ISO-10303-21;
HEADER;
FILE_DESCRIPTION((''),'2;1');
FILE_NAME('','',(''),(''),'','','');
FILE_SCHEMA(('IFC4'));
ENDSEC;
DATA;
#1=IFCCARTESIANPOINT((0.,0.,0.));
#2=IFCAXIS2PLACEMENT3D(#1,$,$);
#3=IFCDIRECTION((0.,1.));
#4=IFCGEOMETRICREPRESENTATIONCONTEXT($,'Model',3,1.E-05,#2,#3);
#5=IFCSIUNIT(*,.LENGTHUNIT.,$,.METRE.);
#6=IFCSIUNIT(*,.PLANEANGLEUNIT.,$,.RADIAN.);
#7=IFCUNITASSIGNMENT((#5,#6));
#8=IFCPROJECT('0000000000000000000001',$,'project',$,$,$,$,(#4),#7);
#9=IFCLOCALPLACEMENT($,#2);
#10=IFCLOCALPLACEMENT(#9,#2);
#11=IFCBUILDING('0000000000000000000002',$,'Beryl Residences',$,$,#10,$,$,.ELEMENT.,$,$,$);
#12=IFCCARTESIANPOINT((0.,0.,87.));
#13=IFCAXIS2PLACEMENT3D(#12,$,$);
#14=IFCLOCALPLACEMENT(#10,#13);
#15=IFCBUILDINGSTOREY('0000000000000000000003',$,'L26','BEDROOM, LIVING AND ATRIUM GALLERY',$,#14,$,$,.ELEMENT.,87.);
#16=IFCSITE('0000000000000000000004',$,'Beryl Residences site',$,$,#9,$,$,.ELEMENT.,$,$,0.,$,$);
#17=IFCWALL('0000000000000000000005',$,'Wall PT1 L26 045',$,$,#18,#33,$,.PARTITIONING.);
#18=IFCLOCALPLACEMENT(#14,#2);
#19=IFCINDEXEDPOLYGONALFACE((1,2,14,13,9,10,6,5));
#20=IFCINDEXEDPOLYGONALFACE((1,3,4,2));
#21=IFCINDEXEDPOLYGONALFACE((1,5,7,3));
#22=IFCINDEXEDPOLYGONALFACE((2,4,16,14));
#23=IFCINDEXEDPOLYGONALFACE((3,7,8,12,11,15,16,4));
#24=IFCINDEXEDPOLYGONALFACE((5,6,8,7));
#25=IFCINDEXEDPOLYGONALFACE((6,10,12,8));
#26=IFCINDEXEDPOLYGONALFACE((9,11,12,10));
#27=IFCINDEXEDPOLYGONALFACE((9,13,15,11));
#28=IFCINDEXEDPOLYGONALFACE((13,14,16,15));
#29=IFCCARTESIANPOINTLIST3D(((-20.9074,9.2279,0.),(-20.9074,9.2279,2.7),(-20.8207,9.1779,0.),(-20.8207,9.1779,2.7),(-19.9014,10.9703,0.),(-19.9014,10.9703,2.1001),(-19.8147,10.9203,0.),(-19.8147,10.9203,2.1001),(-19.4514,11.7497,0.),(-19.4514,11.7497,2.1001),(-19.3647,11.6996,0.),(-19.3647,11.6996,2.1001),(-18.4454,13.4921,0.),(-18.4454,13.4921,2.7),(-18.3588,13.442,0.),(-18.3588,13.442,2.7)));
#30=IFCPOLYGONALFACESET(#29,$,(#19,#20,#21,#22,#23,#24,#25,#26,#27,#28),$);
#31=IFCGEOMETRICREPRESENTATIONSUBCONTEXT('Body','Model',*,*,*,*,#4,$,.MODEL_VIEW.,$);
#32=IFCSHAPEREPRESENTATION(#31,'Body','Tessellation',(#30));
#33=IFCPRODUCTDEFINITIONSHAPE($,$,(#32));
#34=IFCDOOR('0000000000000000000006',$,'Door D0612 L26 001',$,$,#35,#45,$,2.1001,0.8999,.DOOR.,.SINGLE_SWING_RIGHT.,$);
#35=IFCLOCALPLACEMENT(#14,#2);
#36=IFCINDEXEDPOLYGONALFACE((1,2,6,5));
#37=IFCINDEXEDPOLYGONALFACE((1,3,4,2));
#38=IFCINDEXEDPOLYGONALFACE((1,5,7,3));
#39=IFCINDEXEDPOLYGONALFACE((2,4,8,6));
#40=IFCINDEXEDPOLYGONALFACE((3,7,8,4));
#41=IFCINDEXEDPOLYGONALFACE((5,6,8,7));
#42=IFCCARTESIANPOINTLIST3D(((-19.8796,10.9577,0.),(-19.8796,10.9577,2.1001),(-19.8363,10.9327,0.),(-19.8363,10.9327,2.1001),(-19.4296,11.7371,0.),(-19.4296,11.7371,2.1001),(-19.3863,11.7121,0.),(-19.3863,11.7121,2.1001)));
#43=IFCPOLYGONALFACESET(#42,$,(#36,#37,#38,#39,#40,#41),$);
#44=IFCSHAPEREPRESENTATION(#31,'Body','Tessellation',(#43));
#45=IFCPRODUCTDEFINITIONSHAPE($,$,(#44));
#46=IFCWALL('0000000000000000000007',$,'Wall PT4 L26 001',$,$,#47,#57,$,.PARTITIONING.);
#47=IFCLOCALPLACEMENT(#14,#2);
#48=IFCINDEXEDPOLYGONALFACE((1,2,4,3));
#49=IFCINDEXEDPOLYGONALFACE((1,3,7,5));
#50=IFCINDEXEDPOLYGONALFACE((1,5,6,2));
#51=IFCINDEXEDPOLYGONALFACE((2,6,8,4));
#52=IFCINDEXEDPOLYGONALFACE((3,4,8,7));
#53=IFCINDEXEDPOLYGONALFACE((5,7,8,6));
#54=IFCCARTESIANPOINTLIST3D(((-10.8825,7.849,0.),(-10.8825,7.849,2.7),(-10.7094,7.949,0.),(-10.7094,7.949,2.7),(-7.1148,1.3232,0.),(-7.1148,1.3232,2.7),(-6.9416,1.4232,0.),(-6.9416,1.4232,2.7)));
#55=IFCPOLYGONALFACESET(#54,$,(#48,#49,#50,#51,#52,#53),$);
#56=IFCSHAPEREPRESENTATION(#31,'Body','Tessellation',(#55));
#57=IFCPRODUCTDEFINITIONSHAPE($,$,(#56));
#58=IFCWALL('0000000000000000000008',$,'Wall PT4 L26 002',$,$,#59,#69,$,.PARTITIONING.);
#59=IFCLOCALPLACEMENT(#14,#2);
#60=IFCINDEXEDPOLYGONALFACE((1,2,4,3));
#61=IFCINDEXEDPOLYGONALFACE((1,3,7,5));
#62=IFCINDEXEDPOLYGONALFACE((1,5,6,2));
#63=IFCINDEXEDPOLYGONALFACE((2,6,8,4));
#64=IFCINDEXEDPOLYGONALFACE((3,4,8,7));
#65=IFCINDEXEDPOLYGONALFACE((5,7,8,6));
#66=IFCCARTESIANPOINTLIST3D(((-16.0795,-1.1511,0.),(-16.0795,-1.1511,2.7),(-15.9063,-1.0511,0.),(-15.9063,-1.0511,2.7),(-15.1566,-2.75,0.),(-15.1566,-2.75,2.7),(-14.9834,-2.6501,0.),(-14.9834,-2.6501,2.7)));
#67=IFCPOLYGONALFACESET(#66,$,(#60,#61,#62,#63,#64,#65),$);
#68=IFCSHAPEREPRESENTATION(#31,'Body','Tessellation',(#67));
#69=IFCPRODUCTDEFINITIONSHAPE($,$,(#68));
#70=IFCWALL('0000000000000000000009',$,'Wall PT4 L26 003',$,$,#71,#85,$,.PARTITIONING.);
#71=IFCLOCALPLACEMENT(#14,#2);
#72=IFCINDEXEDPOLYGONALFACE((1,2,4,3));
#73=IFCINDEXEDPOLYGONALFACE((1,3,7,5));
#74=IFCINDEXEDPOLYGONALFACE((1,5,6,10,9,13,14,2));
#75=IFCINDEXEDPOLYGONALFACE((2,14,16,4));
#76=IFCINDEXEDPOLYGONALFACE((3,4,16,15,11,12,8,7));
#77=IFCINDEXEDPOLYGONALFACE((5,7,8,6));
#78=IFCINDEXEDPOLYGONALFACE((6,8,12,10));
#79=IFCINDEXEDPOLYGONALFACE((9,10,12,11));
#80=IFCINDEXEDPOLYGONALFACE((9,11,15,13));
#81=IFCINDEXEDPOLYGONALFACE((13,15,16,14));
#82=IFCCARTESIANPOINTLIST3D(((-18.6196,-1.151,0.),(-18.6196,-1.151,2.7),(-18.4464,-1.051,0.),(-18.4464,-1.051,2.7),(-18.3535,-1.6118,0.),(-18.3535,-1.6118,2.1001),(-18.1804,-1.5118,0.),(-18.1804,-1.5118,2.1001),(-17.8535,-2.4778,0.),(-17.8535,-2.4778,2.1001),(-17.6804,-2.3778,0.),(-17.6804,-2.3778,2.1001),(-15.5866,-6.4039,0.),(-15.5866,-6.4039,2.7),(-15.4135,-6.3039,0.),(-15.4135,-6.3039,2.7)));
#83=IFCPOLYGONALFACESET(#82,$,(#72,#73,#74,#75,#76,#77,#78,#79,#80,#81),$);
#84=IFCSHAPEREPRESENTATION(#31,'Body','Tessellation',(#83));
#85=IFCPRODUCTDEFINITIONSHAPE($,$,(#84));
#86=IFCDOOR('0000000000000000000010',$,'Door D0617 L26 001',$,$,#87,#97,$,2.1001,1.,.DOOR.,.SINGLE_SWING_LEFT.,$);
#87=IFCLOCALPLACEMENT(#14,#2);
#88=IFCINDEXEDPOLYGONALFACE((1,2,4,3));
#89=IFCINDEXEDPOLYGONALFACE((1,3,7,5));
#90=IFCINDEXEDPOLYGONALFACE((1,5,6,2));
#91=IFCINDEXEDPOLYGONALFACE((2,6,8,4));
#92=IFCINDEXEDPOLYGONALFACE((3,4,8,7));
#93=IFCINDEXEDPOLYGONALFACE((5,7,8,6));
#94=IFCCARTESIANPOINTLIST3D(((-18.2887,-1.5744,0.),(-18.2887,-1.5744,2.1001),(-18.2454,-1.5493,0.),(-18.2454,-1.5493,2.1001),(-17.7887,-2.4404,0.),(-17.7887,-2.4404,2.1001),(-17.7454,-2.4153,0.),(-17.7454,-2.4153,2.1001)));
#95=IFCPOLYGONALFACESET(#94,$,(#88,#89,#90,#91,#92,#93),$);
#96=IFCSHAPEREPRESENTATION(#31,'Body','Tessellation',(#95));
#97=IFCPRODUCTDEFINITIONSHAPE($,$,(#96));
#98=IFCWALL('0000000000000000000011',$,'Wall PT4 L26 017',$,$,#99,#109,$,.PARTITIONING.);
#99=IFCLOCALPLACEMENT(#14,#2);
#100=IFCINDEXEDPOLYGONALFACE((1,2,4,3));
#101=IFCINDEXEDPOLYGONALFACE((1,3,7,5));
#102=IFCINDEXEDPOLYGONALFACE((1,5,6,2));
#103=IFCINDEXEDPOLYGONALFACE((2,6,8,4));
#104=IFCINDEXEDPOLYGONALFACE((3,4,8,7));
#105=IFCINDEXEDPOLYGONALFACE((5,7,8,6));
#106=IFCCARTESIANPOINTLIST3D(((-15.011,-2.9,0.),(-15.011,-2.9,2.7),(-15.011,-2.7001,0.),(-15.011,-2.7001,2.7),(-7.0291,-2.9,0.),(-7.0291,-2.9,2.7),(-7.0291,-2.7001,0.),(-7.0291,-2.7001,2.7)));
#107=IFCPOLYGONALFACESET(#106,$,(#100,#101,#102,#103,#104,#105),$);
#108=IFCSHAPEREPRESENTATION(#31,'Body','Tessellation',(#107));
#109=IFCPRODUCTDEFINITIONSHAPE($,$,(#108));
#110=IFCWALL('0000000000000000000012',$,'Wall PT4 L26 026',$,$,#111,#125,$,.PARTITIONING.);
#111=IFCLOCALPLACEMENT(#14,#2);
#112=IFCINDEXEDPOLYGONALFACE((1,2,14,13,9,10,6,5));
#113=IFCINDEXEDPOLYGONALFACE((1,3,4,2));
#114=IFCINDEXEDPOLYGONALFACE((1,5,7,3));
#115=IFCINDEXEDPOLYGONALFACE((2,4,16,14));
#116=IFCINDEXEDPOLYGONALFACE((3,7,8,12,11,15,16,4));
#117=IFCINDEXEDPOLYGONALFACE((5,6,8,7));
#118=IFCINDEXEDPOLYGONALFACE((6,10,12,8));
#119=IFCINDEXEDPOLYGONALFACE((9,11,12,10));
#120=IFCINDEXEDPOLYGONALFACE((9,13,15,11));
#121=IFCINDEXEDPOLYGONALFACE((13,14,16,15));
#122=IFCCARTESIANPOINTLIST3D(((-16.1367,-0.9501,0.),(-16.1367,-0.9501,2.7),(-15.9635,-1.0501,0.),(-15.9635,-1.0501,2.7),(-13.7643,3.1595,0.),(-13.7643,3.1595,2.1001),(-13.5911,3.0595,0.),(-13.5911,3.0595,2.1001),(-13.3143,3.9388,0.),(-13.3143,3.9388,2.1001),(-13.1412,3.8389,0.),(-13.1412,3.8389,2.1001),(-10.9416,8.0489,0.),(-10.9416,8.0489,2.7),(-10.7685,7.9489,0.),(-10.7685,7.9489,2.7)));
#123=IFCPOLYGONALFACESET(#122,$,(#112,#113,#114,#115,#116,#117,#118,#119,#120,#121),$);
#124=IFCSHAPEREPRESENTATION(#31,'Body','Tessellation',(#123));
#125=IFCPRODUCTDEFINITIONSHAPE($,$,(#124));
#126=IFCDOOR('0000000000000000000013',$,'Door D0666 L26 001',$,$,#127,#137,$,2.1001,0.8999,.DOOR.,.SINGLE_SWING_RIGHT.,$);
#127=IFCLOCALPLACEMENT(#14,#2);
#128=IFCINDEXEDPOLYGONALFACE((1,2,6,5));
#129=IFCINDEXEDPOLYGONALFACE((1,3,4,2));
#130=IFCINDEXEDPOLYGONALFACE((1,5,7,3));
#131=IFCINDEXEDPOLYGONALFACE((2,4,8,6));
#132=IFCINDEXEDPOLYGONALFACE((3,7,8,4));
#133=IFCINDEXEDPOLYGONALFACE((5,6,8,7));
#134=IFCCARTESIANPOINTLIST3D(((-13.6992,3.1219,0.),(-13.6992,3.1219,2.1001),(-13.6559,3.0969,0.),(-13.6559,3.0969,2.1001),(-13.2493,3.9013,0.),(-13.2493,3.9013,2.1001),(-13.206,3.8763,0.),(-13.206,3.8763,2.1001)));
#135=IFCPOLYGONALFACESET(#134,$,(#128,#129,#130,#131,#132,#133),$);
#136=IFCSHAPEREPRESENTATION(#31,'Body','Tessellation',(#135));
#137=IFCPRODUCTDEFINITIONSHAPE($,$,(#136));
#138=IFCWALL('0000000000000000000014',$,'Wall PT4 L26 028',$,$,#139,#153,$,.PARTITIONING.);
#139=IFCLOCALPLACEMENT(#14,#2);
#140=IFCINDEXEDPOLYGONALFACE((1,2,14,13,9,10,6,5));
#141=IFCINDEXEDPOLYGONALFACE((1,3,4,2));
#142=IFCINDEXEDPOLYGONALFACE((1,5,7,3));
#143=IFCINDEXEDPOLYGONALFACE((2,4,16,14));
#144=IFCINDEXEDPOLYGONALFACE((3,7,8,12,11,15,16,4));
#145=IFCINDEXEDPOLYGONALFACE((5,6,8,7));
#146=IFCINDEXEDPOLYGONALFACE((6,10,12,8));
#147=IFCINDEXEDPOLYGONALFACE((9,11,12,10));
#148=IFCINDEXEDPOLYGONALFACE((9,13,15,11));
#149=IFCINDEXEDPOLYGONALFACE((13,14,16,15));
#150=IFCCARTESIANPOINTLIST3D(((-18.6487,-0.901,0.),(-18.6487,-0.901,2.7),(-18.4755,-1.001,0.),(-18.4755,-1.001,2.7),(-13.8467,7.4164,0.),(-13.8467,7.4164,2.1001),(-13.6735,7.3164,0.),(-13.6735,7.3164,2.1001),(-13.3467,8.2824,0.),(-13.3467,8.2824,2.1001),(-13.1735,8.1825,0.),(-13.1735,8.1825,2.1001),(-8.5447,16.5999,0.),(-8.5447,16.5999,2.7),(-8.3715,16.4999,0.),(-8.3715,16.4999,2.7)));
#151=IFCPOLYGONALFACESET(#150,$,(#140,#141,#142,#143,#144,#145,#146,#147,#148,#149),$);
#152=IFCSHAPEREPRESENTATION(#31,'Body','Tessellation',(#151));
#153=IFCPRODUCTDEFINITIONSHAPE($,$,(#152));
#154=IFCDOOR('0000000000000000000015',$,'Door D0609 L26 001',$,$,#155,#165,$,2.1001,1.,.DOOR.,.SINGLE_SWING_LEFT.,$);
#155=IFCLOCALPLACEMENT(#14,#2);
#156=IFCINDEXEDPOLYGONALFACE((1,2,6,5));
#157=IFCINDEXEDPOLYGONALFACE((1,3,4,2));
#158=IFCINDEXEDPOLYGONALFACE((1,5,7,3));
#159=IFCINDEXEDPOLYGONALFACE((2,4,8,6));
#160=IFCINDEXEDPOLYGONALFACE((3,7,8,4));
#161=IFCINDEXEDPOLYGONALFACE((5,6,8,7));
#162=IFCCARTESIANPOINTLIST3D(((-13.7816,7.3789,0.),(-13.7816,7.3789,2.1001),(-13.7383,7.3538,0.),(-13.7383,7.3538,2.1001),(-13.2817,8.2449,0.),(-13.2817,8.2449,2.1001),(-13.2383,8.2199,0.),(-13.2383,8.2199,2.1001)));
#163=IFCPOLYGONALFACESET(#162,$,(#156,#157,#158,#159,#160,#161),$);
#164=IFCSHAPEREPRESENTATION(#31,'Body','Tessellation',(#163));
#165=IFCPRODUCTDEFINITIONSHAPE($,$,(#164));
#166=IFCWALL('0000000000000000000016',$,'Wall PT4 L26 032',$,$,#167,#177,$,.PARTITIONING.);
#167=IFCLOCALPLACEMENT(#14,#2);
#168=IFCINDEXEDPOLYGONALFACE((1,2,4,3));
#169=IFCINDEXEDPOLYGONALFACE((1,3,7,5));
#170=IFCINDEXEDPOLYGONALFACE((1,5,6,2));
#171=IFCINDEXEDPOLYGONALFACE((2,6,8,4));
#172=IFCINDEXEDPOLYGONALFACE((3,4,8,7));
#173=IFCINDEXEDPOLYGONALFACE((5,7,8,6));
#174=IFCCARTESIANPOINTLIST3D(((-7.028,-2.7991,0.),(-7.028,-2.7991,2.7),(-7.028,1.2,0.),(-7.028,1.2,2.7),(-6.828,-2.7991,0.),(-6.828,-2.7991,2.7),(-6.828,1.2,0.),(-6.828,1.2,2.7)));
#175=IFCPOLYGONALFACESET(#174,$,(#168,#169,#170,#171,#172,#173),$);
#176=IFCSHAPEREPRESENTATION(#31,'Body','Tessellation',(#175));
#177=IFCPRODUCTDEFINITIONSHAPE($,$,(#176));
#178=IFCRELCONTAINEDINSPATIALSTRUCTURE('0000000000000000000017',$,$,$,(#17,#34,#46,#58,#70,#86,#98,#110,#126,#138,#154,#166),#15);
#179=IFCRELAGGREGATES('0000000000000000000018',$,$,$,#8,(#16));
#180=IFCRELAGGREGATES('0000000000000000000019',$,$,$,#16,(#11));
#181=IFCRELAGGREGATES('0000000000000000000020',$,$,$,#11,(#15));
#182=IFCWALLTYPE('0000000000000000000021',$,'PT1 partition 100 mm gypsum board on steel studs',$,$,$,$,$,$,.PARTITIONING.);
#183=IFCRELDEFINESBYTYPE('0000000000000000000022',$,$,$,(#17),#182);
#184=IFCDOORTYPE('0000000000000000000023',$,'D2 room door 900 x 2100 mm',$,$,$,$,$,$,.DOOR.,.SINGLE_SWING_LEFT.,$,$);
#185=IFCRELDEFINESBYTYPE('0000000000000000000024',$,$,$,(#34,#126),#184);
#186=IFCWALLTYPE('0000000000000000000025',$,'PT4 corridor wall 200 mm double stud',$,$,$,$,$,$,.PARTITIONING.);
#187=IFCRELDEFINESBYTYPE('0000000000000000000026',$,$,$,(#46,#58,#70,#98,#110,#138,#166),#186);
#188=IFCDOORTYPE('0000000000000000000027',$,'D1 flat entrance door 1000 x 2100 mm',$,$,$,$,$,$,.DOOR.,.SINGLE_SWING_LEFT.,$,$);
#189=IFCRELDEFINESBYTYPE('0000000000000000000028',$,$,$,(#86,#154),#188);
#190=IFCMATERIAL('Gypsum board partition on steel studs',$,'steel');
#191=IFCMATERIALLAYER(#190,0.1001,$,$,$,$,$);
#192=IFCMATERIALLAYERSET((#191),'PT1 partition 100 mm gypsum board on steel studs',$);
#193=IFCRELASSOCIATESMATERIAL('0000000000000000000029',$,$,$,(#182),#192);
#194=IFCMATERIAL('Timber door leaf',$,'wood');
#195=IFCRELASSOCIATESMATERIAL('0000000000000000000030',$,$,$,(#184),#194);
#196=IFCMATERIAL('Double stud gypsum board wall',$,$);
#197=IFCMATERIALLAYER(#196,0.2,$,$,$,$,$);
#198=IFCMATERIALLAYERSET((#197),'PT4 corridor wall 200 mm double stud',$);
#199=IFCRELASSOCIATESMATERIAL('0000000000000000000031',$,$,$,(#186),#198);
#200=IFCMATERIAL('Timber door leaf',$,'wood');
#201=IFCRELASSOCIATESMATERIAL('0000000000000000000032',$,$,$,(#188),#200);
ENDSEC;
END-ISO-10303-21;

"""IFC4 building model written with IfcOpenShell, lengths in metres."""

from ifc_helpers import new_model, si_unit, direction, frame, frame_2d, origin, place, context, subcontext, project, spatial, rectangle, extrude, material, layer, layer_set, type_object, element, fill, save


model = new_model("IFC4")

# Units and contexts
model_context = context("Model", 3, precision=1e-05, world=origin(), true_north=direction((0.0, 1.0)))
body_context = subcontext(model_context, "Body", "Model", "MODEL_VIEW")
ifc_project = project(units=[si_unit("LENGTHUNIT", "METRE"), si_unit("PLANEANGLEUNIT", "RADIAN")], contexts=[model_context])

# Site, building, storey
site_placement = place(None, origin())
site = spatial("IfcSite", under=ifc_project, at=site_placement, Name="Beryl Residences site", CompositionType="ELEMENT", RefElevation=0.0)
building_placement = place(site_placement, origin())
building = spatial("IfcBuilding", under=site, at=building_placement, Name="Beryl Residences", CompositionType="ELEMENT")
storey_placement = place(building_placement, frame((0.0, 0.0, 87.0)))
storey = spatial("IfcBuildingStorey", under=building, at=storey_placement, Name="L26", Description="BEDROOM, LIVING AND ATRIUM GALLERY", CompositionType="ELEMENT", Elevation=87.0)

# Shared definitions
ifc_material_1 = material(Name="Gypsum board partition on steel studs", Category="steel")
ifc_layer_1 = layer(ifc_material_1, 0.1001)
ifc_layer_set_1 = layer_set([ifc_layer_1], Name="PT1 partition 100 mm gypsum board on steel studs")
wall_type_1 = type_object("IfcWallType", Name="PT1 partition 100 mm gypsum board on steel studs", PredefinedType="PARTITIONING", material=ifc_layer_set_1)
ifc_material_2 = material(Name="Timber door leaf", Category="wood")
door_type_1 = type_object("IfcDoorType", Name="D2 room door 900 x 2100 mm", OperationType="SINGLE_SWING_LEFT", PredefinedType="DOOR", material=ifc_material_2)

# Wall, opening, door
wall_1_placement = place(storey_placement, frame((-20.864, 9.2029, 0.0), z_axis=(0.0, 0.0, 1.0), x_axis=(0.5, 0.866025, 0.0)))
wall_1 = element("IfcWall", 1, at=wall_1_placement, inside=storey, type_object=wall_type_1, Name="Wall PT1 L26 045", PredefinedType="PARTITIONING", context=body_context, shape_type="SweptSolid", body=[
    extrude(rectangle(XDim=4.9238, YDim=0.1001, at=frame_2d((2.4619, 0.0))), origin(), (0.0, 0.0, 1.0), 2.7),
])
opening_1_placement = place(wall_1_placement, frame((2.012, 0.0, 0.0)))
opening_1 = element("IfcOpeningElement", 2, at=opening_1_placement, cuts=wall_1, PredefinedType="OPENING", context=body_context, shape_type="SweptSolid", body=[
    extrude(rectangle(XDim=0.8999, YDim=2.1001, at=frame_2d((0.45, 1.05))), frame((0.0, 0.0601, 0.0), z_axis=(0.0, -1.0, 0.0), x_axis=(1.0, 0.0, 0.0)), (0.0, 0.0, 1.0), 0.1201),
])
door_1_placement = place(opening_1_placement, origin())
door_1 = element("IfcDoor", 3, at=door_1_placement, inside=storey, type_object=door_type_1, Name="Door D0612 L26 001", OperationType="SINGLE_SWING_RIGHT", OverallHeight=2.1001, OverallWidth=0.8999, PredefinedType="DOOR", context=body_context, shape_type="SweptSolid", body=[
    extrude(rectangle(XDim=0.8999, YDim=2.1001, at=frame_2d((0.45, 1.05))), frame((0.0, 0.0249, 0.0), z_axis=(0.0, -1.0, 0.0), x_axis=(1.0, 0.0, 0.0)), (0.0, 0.0, 1.0), 0.05),
])
fill(opening_1, door_1)

# Walls
ifc_material_3 = material(Name="Double stud gypsum board wall")
ifc_layer_2 = layer(ifc_material_3, 0.2)
ifc_layer_set_2 = layer_set([ifc_layer_2], Name="PT4 corridor wall 200 mm double stud")
wall_type_2 = type_object("IfcWallType", Name="PT4 corridor wall 200 mm double stud", PredefinedType="PARTITIONING", material=ifc_layer_set_2)
wall_2_placement = place(storey_placement, frame((-10.7959, 7.8989, 0.0), z_axis=(0.0, 0.0, 1.0), x_axis=(0.50001, -0.866019, 0.0)))
element("IfcWall", 4, at=wall_2_placement, inside=storey, type_object=wall_type_2, Name="Wall PT4 L26 001", PredefinedType="PARTITIONING", context=body_context, shape_type="SweptSolid", body=[
    extrude(rectangle(XDim=7.5354, YDim=0.2, at=frame_2d((3.7676, 0.0))), origin(), (0.0, 0.0, 1.0), 2.7),
])
wall_3_placement = place(storey_placement, frame((-15.9929, -1.1011, 0.0), z_axis=(0.0, 0.0, 1.0), x_axis=(0.499894, -0.866086, 0.0)))
element("IfcWall", 5, at=wall_3_placement, inside=storey, type_object=wall_type_2, Name="Wall PT4 L26 002", PredefinedType="PARTITIONING", context=body_context, shape_type="SweptSolid", body=[
    extrude(rectangle(XDim=1.8462, YDim=0.2, at=frame_2d((0.9231, 0.0))), origin(), (0.0, 0.0, 1.0), 2.7),
])

# Wall, opening, door
wall_4_placement = place(storey_placement, frame((-18.533, -1.1011, 0.0), z_axis=(0.0, 0.0, 1.0), x_axis=(0.500022, -0.866013, 0.0)))
wall_4 = element("IfcWall", 6, at=wall_4_placement, inside=storey, type_object=wall_type_2, Name="Wall PT4 L26 003", PredefinedType="PARTITIONING", context=body_context, shape_type="SweptSolid", body=[
    extrude(rectangle(XDim=6.0657, YDim=0.2, at=frame_2d((3.0327, 0.0))), origin(), (0.0, 0.0, 1.0), 2.7),
])
opening_2_placement = place(wall_4_placement, frame((0.532, 0.0, 0.0)))
opening_2 = element("IfcOpeningElement", 7, at=opening_2_placement, cuts=wall_4, PredefinedType="OPENING", context=body_context, shape_type="SweptSolid", body=[
    extrude(rectangle(XDim=1.0, YDim=2.1001, at=frame_2d((0.5, 1.05))), frame((0.0, 0.1099, 0.0), z_axis=(0.0, -1.0, 0.0), x_axis=(1.0, 0.0, 0.0)), (0.0, 0.0, 1.0), 0.22),
])
ifc_material_4 = material(Name="Timber door leaf", Category="wood")
door_type_2 = type_object("IfcDoorType", Name="D1 flat entrance door 1000 x 2100 mm", OperationType="SINGLE_SWING_LEFT", PredefinedType="DOOR", material=ifc_material_4)
door_2_placement = place(opening_2_placement, origin())
door_2 = element("IfcDoor", 8, at=door_2_placement, inside=storey, type_object=door_type_2, Name="Door D0617 L26 001", OperationType="SINGLE_SWING_LEFT", OverallHeight=2.1001, OverallWidth=1.0, PredefinedType="DOOR", context=body_context, shape_type="SweptSolid", body=[
    extrude(rectangle(XDim=1.0, YDim=2.1001, at=frame_2d((0.5, 1.05))), frame((0.0, 0.0249, 0.0), z_axis=(0.0, -1.0, 0.0), x_axis=(1.0, 0.0, 0.0)), (0.0, 0.0, 1.0), 0.05),
])
fill(opening_2, door_2)

# Wall
wall_5_placement = place(storey_placement, frame((-15.011, -2.8, 0.0), z_axis=(0.0, 0.0, 1.0), x_axis=(1.0, 0.0, 0.0)))
element("IfcWall", 9, at=wall_5_placement, inside=storey, type_object=wall_type_2, Name="Wall PT4 L26 017", PredefinedType="PARTITIONING", context=body_context, shape_type="SweptSolid", body=[
    extrude(rectangle(XDim=7.9819, YDim=0.2, at=frame_2d((3.991, 0.0))), origin(), (0.0, 0.0, 1.0), 2.7),
])

# Walls, openings, doors
wall_6_placement = place(storey_placement, frame((-16.05, -1.0, 0.0), z_axis=(0.0, 0.0, 1.0), x_axis=(0.499962, 0.866047, 0.0)))
wall_6 = element("IfcWall", 10, at=wall_6_placement, inside=storey, type_object=wall_type_2, Name="Wall PT4 L26 026", PredefinedType="PARTITIONING", context=body_context, shape_type="SweptSolid", body=[
    extrude(rectangle(XDim=10.3909, YDim=0.2, at=frame_2d((5.1953, 0.0))), origin(), (0.0, 0.0, 1.0), 2.7),
])
opening_3_placement = place(wall_6_placement, frame((4.7451, 0.0, 0.0)))
opening_3 = element("IfcOpeningElement", 11, at=opening_3_placement, cuts=wall_6, PredefinedType="OPENING", context=body_context, shape_type="SweptSolid", body=[
    extrude(rectangle(XDim=0.8999, YDim=2.1001, at=frame_2d((0.45, 1.05))), frame((0.0, 0.1099, 0.0), z_axis=(0.0, -1.0, 0.0), x_axis=(1.0, 0.0, 0.0)), (0.0, 0.0, 1.0), 0.22),
])
door_3_placement = place(opening_3_placement, origin())
door_3 = element("IfcDoor", 12, at=door_3_placement, inside=storey, type_object=door_type_1, Name="Door D0666 L26 001", OperationType="SINGLE_SWING_RIGHT", OverallHeight=2.1001, OverallWidth=0.8999, PredefinedType="DOOR", context=body_context, shape_type="SweptSolid", body=[
    extrude(rectangle(XDim=0.8999, YDim=2.1001, at=frame_2d((0.45, 1.05))), frame((0.0, 0.0249, 0.0), z_axis=(0.0, -1.0, 0.0), x_axis=(1.0, 0.0, 0.0)), (0.0, 0.0, 1.0), 0.05),
])
fill(opening_3, door_3)
wall_7_placement = place(storey_placement, frame((-18.562, -0.9509, 0.0), z_axis=(0.0, 0.0, 1.0), x_axis=(0.499993, 0.866029, 0.0)))
wall_7 = element("IfcWall", 13, at=wall_7_placement, inside=storey, type_object=wall_type_2, Name="Wall PT4 L26 028", PredefinedType="PARTITIONING", context=body_context, shape_type="SweptSolid", body=[
    extrude(rectangle(XDim=20.2083, YDim=0.2, at=frame_2d((10.104, 0.0))), origin(), (0.0, 0.0, 1.0), 2.7),
])
opening_4_placement = place(wall_7_placement, frame((9.604, 0.0, 0.0)))
opening_4 = element("IfcOpeningElement", 14, at=opening_4_placement, cuts=wall_7, PredefinedType="OPENING", context=body_context, shape_type="SweptSolid", body=[
    extrude(rectangle(XDim=1.0, YDim=2.1001, at=frame_2d((0.5, 1.05))), frame((0.0, 0.1099, 0.0), z_axis=(0.0, -1.0, 0.0), x_axis=(1.0, 0.0, 0.0)), (0.0, 0.0, 1.0), 0.22),
])
door_4_placement = place(opening_4_placement, origin())
door_4 = element("IfcDoor", 15, at=door_4_placement, inside=storey, type_object=door_type_2, Name="Door D0609 L26 001", OperationType="SINGLE_SWING_LEFT", OverallHeight=2.1001, OverallWidth=1.0, PredefinedType="DOOR", context=body_context, shape_type="SweptSolid", body=[
    extrude(rectangle(XDim=1.0, YDim=2.1001, at=frame_2d((0.5, 1.05))), frame((0.0, 0.0249, 0.0), z_axis=(0.0, -1.0, 0.0), x_axis=(1.0, 0.0, 0.0)), (0.0, 0.0, 1.0), 0.05),
])
fill(opening_4, door_4)

# Wall
wall_8_placement = place(storey_placement, frame((-6.928, -2.7991, 0.0), z_axis=(0.0, 0.0, 1.0), x_axis=(0.0, 1.0, 0.0)))
element("IfcWall", 16, at=wall_8_placement, inside=storey, type_object=wall_type_2, Name="Wall PT4 L26 032", PredefinedType="PARTITIONING", context=body_context, shape_type="SweptSolid", body=[
    extrude(rectangle(XDim=3.999, YDim=0.2, at=frame_2d((1.9995, 0.0))), origin(), (0.0, 0.0, 1.0), 2.7),
])

save(model, "model.ifc")
